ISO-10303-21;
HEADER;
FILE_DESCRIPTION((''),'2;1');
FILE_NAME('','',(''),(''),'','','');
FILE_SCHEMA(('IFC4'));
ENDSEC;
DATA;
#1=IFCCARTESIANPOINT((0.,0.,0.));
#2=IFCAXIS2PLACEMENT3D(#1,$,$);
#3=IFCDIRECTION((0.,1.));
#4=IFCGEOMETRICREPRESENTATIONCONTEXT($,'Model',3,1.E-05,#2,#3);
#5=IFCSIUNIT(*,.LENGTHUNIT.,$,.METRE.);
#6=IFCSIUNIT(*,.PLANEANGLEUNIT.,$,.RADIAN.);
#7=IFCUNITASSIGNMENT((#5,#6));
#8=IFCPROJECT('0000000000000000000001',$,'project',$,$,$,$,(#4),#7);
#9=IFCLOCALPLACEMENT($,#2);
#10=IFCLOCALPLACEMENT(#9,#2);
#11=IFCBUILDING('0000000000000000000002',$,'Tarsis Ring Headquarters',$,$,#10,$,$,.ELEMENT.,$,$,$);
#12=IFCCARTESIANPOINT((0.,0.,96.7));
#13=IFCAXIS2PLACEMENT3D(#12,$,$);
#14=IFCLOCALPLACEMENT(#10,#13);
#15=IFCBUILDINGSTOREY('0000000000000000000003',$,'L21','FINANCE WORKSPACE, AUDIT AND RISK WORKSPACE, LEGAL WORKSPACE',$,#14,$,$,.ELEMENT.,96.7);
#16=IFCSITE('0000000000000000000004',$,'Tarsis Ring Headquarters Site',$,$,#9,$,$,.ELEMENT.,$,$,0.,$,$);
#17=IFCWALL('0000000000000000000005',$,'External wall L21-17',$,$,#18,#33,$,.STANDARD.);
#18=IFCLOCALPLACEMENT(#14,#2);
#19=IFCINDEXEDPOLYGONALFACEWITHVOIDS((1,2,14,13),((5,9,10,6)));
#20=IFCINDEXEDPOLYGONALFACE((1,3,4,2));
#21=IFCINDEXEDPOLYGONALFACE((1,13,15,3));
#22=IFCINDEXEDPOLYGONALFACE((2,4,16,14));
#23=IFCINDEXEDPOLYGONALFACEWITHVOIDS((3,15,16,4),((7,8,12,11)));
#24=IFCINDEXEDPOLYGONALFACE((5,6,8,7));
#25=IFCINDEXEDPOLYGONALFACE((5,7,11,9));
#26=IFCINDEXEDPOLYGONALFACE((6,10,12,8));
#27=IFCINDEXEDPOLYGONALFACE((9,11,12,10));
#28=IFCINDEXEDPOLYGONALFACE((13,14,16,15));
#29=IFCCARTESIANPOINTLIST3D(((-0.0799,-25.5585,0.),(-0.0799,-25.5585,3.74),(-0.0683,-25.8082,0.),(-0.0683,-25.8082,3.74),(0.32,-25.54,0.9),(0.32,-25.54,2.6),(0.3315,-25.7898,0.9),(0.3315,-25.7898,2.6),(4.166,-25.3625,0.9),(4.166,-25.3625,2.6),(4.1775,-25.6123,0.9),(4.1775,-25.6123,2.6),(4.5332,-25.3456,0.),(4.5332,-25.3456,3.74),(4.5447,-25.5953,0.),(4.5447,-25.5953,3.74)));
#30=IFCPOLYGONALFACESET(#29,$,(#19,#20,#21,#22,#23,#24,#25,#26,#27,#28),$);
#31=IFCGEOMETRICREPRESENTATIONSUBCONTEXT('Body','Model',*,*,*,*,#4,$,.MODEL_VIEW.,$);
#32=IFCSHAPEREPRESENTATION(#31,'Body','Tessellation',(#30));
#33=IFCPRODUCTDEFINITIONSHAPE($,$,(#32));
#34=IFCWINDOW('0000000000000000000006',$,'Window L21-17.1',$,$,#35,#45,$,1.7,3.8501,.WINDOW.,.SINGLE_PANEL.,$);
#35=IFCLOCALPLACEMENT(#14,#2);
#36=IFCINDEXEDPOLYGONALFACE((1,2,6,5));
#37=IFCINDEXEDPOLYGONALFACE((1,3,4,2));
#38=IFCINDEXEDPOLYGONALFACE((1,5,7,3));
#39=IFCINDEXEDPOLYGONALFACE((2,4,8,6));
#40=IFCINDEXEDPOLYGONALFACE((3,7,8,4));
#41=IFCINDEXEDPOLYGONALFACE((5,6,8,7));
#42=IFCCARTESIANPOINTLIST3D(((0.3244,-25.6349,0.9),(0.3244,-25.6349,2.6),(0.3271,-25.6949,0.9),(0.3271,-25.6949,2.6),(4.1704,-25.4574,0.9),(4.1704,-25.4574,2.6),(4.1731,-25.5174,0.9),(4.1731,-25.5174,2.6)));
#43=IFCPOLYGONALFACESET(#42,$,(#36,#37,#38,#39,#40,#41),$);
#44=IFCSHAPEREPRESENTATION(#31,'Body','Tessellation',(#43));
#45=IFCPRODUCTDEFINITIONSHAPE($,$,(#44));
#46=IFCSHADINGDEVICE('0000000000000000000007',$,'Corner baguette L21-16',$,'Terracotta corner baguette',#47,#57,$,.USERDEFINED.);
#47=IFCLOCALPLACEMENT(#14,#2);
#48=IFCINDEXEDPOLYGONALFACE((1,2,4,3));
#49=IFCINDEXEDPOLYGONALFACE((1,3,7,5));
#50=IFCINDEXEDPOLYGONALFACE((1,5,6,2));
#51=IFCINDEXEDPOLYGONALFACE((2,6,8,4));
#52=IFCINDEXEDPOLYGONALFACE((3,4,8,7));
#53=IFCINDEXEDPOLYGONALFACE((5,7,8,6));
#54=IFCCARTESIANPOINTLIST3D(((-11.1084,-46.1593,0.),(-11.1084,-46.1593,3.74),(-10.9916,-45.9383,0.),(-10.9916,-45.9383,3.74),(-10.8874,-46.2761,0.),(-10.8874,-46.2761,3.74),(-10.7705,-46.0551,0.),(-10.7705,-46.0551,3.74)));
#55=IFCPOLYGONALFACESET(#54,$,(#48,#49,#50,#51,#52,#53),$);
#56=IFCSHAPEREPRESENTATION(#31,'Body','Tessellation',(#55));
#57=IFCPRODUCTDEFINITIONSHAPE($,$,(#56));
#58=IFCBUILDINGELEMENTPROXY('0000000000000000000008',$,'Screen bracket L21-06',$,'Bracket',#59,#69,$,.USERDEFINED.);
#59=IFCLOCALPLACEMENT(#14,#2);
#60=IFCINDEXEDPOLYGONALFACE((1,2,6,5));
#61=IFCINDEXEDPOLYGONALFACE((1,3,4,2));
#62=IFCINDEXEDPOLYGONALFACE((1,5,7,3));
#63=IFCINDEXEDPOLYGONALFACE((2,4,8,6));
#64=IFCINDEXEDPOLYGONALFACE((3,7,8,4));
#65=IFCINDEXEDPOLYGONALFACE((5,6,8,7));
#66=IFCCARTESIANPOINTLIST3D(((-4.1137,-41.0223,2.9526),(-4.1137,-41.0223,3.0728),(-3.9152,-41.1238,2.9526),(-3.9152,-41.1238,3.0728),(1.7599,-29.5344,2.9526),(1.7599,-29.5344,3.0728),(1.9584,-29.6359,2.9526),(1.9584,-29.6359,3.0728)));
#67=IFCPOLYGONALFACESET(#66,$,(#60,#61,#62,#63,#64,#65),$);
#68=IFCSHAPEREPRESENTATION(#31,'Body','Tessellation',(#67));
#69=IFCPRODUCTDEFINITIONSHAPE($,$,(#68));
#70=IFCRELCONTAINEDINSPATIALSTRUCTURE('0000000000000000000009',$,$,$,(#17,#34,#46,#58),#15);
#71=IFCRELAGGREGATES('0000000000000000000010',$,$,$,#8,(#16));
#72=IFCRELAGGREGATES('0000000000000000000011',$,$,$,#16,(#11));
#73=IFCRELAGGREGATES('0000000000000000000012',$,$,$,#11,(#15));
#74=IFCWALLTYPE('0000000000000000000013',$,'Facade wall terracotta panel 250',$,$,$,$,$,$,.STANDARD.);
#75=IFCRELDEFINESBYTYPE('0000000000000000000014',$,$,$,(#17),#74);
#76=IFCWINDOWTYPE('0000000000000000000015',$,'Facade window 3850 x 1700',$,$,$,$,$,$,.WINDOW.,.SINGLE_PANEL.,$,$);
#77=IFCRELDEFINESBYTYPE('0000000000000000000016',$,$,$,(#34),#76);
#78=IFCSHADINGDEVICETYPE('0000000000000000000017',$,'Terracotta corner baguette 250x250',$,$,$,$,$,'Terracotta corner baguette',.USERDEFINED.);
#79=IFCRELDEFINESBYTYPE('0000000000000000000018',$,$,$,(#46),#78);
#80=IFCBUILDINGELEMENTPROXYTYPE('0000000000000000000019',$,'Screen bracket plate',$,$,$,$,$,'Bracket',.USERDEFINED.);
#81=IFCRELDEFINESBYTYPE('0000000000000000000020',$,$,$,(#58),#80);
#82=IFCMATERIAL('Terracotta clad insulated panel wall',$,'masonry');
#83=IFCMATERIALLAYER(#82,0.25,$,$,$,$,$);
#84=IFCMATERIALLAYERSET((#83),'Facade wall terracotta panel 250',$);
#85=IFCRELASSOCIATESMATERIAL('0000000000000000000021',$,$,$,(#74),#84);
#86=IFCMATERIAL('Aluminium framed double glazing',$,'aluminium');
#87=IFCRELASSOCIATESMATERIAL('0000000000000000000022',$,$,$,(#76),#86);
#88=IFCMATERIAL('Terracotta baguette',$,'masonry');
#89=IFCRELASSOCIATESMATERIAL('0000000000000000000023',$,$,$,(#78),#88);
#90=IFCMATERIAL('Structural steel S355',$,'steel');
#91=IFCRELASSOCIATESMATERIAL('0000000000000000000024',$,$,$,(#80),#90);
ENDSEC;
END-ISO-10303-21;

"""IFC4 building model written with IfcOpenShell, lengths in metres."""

from ifc_helpers import new_model, si_unit, direction, frame, frame_2d, origin, origin_2d, place, context, subcontext, project, spatial, rectangle, extrude, material, layer, layer_set, type_object, element, fill, save


model = new_model("IFC4")

# Units and contexts
model_context = context("Model", 3, precision=1e-05, world=origin(), true_north=direction((0.0, 1.0)))
body_context = subcontext(model_context, "Body", "Model", "MODEL_VIEW")
ifc_project = project(units=[si_unit("LENGTHUNIT", "METRE"), si_unit("PLANEANGLEUNIT", "RADIAN")], contexts=[model_context])

# Site, building, storey
site_placement = place(None, origin())
site = spatial("IfcSite", under=ifc_project, at=site_placement, Name="Tarsis Ring Headquarters Site", CompositionType="ELEMENT", RefElevation=0.0)
building_placement = place(site_placement, origin())
building = spatial("IfcBuilding", under=site, at=building_placement, Name="Tarsis Ring Headquarters", CompositionType="ELEMENT")
storey_placement = place(building_placement, frame((0.0, 0.0, 96.7)))
storey = spatial("IfcBuildingStorey", under=building, at=storey_placement, Name="L21", Description="FINANCE WORKSPACE, AUDIT AND RISK WORKSPACE, LEGAL WORKSPACE", CompositionType="ELEMENT", Elevation=96.7)

# Shared definitions
ifc_material_1 = material(Name="Structural steel S355", Category="steel")

# Shared definitions
ifc_material_2 = material(Name="Terracotta clad insulated panel wall", Category="masonry")
ifc_layer = layer(ifc_material_2, 0.25)
ifc_layer_set = layer_set([ifc_layer], Name="Facade wall terracotta panel 250")
wall_type = type_object("IfcWallType", Name="Facade wall terracotta panel 250", PredefinedType="STANDARD", material=ifc_layer_set)
ifc_material_3 = material(Name="Aluminium framed double glazing", Category="aluminium")

# Wall, opening, window
wall_1_placement = place(storey_placement, frame((-0.0742, -25.6833, 0.0), z_axis=(0.0, 0.0, 1.0), x_axis=(0.998937, 0.046101, 0.0)))
wall_1 = element("IfcWall", 1, at=wall_1_placement, inside=storey, type_object=wall_type, Name="External wall L21-17", PredefinedType="STANDARD", context=body_context, shape_type="SweptSolid", body=[
    extrude(rectangle(XDim=4.6179, YDim=0.25, at=frame_2d((2.3091, 0.0))), origin(), (0.0, 0.0, 1.0), 3.74),
])
opening_1_placement = place(wall_1_placement, frame((0.4004, 0.0, 0.8999)))
opening_1 = element("IfcOpeningElement", 2, at=opening_1_placement, cuts=wall_1, PredefinedType="OPENING", context=body_context, shape_type="SweptSolid", body=[
    extrude(rectangle(XDim=3.8501, YDim=1.7, at=frame_2d((1.925, 0.8501))), frame((0.0, 0.135, 0.0), z_axis=(0.0, -1.0, 0.0), x_axis=(1.0, 0.0, 0.0)), (0.0, 0.0, 1.0), 0.27),
])
window_type_1 = type_object("IfcWindowType", Name="Facade window 3850 x 1700", PartitioningType="SINGLE_PANEL", PredefinedType="WINDOW", material=ifc_material_3)
window_1_placement = place(opening_1_placement, origin())
window_1 = element("IfcWindow", 3, at=window_1_placement, inside=storey, type_object=window_type_1, Name="Window L21-17.1", OverallHeight=1.7, OverallWidth=3.8501, PartitioningType="SINGLE_PANEL", PredefinedType="WINDOW", context=body_context, shape_type="SweptSolid", body=[
    extrude(rectangle(XDim=3.8501, YDim=1.7, at=frame_2d((1.925, 0.8501))), frame((0.0, 0.03, 0.0), z_axis=(0.0, -1.0, 0.0), x_axis=(1.0, 0.0, 0.0)), (0.0, 0.0, 1.0), 0.0601),
])
fill(opening_1, window_1)

# Shading device
ifc_material_4 = material(Name="Terracotta baguette", Category="masonry")
shading_device_type_1 = type_object("IfcShadingDeviceType", Name="Terracotta corner baguette 250x250", ElementType="Terracotta corner baguette", PredefinedType="USERDEFINED", material=ifc_material_4)
shading_device_1_placement = place(storey_placement, frame((-10.9395, -46.1072, 0.0), z_axis=(0.0, 0.0, 1.0), x_axis=(0.884092, -0.467313, 0.0)))
element("IfcShadingDevice", 4, at=shading_device_1_placement, inside=storey, type_object=shading_device_type_1, Name="Corner baguette L21-16", ObjectType="Terracotta corner baguette", PredefinedType="USERDEFINED", context=body_context, shape_type="SweptSolid", body=[
    extrude(rectangle(XDim=0.25, YDim=0.25, at=origin_2d()), origin(), (0.0, 0.0, 1.0), 3.74),
])

# Building element proxy
building_element_proxy_type = type_object("IfcBuildingElementProxyType", Name="Screen bracket plate", ElementType="Bracket", PredefinedType="USERDEFINED", material=ifc_material_1)
proxy_placement = place(storey_placement, frame((-1.0776, -35.3291, 2.9526), z_axis=(0.0, 0.0, 1.0), x_axis=(0.455234, 0.890372, 0.0)))
element("IfcBuildingElementProxy", 5, at=proxy_placement, inside=storey, type_object=building_element_proxy_type, Name="Screen bracket L21-06", ObjectType="Bracket", PredefinedType="USERDEFINED", context=body_context, shape_type="SweptSolid", body=[
    extrude(rectangle(XDim=12.9023, YDim=0.2229, at=origin_2d()), origin(), (0.0, 0.0, 1.0), 0.1201),
])

save(model, "model.ifc")
